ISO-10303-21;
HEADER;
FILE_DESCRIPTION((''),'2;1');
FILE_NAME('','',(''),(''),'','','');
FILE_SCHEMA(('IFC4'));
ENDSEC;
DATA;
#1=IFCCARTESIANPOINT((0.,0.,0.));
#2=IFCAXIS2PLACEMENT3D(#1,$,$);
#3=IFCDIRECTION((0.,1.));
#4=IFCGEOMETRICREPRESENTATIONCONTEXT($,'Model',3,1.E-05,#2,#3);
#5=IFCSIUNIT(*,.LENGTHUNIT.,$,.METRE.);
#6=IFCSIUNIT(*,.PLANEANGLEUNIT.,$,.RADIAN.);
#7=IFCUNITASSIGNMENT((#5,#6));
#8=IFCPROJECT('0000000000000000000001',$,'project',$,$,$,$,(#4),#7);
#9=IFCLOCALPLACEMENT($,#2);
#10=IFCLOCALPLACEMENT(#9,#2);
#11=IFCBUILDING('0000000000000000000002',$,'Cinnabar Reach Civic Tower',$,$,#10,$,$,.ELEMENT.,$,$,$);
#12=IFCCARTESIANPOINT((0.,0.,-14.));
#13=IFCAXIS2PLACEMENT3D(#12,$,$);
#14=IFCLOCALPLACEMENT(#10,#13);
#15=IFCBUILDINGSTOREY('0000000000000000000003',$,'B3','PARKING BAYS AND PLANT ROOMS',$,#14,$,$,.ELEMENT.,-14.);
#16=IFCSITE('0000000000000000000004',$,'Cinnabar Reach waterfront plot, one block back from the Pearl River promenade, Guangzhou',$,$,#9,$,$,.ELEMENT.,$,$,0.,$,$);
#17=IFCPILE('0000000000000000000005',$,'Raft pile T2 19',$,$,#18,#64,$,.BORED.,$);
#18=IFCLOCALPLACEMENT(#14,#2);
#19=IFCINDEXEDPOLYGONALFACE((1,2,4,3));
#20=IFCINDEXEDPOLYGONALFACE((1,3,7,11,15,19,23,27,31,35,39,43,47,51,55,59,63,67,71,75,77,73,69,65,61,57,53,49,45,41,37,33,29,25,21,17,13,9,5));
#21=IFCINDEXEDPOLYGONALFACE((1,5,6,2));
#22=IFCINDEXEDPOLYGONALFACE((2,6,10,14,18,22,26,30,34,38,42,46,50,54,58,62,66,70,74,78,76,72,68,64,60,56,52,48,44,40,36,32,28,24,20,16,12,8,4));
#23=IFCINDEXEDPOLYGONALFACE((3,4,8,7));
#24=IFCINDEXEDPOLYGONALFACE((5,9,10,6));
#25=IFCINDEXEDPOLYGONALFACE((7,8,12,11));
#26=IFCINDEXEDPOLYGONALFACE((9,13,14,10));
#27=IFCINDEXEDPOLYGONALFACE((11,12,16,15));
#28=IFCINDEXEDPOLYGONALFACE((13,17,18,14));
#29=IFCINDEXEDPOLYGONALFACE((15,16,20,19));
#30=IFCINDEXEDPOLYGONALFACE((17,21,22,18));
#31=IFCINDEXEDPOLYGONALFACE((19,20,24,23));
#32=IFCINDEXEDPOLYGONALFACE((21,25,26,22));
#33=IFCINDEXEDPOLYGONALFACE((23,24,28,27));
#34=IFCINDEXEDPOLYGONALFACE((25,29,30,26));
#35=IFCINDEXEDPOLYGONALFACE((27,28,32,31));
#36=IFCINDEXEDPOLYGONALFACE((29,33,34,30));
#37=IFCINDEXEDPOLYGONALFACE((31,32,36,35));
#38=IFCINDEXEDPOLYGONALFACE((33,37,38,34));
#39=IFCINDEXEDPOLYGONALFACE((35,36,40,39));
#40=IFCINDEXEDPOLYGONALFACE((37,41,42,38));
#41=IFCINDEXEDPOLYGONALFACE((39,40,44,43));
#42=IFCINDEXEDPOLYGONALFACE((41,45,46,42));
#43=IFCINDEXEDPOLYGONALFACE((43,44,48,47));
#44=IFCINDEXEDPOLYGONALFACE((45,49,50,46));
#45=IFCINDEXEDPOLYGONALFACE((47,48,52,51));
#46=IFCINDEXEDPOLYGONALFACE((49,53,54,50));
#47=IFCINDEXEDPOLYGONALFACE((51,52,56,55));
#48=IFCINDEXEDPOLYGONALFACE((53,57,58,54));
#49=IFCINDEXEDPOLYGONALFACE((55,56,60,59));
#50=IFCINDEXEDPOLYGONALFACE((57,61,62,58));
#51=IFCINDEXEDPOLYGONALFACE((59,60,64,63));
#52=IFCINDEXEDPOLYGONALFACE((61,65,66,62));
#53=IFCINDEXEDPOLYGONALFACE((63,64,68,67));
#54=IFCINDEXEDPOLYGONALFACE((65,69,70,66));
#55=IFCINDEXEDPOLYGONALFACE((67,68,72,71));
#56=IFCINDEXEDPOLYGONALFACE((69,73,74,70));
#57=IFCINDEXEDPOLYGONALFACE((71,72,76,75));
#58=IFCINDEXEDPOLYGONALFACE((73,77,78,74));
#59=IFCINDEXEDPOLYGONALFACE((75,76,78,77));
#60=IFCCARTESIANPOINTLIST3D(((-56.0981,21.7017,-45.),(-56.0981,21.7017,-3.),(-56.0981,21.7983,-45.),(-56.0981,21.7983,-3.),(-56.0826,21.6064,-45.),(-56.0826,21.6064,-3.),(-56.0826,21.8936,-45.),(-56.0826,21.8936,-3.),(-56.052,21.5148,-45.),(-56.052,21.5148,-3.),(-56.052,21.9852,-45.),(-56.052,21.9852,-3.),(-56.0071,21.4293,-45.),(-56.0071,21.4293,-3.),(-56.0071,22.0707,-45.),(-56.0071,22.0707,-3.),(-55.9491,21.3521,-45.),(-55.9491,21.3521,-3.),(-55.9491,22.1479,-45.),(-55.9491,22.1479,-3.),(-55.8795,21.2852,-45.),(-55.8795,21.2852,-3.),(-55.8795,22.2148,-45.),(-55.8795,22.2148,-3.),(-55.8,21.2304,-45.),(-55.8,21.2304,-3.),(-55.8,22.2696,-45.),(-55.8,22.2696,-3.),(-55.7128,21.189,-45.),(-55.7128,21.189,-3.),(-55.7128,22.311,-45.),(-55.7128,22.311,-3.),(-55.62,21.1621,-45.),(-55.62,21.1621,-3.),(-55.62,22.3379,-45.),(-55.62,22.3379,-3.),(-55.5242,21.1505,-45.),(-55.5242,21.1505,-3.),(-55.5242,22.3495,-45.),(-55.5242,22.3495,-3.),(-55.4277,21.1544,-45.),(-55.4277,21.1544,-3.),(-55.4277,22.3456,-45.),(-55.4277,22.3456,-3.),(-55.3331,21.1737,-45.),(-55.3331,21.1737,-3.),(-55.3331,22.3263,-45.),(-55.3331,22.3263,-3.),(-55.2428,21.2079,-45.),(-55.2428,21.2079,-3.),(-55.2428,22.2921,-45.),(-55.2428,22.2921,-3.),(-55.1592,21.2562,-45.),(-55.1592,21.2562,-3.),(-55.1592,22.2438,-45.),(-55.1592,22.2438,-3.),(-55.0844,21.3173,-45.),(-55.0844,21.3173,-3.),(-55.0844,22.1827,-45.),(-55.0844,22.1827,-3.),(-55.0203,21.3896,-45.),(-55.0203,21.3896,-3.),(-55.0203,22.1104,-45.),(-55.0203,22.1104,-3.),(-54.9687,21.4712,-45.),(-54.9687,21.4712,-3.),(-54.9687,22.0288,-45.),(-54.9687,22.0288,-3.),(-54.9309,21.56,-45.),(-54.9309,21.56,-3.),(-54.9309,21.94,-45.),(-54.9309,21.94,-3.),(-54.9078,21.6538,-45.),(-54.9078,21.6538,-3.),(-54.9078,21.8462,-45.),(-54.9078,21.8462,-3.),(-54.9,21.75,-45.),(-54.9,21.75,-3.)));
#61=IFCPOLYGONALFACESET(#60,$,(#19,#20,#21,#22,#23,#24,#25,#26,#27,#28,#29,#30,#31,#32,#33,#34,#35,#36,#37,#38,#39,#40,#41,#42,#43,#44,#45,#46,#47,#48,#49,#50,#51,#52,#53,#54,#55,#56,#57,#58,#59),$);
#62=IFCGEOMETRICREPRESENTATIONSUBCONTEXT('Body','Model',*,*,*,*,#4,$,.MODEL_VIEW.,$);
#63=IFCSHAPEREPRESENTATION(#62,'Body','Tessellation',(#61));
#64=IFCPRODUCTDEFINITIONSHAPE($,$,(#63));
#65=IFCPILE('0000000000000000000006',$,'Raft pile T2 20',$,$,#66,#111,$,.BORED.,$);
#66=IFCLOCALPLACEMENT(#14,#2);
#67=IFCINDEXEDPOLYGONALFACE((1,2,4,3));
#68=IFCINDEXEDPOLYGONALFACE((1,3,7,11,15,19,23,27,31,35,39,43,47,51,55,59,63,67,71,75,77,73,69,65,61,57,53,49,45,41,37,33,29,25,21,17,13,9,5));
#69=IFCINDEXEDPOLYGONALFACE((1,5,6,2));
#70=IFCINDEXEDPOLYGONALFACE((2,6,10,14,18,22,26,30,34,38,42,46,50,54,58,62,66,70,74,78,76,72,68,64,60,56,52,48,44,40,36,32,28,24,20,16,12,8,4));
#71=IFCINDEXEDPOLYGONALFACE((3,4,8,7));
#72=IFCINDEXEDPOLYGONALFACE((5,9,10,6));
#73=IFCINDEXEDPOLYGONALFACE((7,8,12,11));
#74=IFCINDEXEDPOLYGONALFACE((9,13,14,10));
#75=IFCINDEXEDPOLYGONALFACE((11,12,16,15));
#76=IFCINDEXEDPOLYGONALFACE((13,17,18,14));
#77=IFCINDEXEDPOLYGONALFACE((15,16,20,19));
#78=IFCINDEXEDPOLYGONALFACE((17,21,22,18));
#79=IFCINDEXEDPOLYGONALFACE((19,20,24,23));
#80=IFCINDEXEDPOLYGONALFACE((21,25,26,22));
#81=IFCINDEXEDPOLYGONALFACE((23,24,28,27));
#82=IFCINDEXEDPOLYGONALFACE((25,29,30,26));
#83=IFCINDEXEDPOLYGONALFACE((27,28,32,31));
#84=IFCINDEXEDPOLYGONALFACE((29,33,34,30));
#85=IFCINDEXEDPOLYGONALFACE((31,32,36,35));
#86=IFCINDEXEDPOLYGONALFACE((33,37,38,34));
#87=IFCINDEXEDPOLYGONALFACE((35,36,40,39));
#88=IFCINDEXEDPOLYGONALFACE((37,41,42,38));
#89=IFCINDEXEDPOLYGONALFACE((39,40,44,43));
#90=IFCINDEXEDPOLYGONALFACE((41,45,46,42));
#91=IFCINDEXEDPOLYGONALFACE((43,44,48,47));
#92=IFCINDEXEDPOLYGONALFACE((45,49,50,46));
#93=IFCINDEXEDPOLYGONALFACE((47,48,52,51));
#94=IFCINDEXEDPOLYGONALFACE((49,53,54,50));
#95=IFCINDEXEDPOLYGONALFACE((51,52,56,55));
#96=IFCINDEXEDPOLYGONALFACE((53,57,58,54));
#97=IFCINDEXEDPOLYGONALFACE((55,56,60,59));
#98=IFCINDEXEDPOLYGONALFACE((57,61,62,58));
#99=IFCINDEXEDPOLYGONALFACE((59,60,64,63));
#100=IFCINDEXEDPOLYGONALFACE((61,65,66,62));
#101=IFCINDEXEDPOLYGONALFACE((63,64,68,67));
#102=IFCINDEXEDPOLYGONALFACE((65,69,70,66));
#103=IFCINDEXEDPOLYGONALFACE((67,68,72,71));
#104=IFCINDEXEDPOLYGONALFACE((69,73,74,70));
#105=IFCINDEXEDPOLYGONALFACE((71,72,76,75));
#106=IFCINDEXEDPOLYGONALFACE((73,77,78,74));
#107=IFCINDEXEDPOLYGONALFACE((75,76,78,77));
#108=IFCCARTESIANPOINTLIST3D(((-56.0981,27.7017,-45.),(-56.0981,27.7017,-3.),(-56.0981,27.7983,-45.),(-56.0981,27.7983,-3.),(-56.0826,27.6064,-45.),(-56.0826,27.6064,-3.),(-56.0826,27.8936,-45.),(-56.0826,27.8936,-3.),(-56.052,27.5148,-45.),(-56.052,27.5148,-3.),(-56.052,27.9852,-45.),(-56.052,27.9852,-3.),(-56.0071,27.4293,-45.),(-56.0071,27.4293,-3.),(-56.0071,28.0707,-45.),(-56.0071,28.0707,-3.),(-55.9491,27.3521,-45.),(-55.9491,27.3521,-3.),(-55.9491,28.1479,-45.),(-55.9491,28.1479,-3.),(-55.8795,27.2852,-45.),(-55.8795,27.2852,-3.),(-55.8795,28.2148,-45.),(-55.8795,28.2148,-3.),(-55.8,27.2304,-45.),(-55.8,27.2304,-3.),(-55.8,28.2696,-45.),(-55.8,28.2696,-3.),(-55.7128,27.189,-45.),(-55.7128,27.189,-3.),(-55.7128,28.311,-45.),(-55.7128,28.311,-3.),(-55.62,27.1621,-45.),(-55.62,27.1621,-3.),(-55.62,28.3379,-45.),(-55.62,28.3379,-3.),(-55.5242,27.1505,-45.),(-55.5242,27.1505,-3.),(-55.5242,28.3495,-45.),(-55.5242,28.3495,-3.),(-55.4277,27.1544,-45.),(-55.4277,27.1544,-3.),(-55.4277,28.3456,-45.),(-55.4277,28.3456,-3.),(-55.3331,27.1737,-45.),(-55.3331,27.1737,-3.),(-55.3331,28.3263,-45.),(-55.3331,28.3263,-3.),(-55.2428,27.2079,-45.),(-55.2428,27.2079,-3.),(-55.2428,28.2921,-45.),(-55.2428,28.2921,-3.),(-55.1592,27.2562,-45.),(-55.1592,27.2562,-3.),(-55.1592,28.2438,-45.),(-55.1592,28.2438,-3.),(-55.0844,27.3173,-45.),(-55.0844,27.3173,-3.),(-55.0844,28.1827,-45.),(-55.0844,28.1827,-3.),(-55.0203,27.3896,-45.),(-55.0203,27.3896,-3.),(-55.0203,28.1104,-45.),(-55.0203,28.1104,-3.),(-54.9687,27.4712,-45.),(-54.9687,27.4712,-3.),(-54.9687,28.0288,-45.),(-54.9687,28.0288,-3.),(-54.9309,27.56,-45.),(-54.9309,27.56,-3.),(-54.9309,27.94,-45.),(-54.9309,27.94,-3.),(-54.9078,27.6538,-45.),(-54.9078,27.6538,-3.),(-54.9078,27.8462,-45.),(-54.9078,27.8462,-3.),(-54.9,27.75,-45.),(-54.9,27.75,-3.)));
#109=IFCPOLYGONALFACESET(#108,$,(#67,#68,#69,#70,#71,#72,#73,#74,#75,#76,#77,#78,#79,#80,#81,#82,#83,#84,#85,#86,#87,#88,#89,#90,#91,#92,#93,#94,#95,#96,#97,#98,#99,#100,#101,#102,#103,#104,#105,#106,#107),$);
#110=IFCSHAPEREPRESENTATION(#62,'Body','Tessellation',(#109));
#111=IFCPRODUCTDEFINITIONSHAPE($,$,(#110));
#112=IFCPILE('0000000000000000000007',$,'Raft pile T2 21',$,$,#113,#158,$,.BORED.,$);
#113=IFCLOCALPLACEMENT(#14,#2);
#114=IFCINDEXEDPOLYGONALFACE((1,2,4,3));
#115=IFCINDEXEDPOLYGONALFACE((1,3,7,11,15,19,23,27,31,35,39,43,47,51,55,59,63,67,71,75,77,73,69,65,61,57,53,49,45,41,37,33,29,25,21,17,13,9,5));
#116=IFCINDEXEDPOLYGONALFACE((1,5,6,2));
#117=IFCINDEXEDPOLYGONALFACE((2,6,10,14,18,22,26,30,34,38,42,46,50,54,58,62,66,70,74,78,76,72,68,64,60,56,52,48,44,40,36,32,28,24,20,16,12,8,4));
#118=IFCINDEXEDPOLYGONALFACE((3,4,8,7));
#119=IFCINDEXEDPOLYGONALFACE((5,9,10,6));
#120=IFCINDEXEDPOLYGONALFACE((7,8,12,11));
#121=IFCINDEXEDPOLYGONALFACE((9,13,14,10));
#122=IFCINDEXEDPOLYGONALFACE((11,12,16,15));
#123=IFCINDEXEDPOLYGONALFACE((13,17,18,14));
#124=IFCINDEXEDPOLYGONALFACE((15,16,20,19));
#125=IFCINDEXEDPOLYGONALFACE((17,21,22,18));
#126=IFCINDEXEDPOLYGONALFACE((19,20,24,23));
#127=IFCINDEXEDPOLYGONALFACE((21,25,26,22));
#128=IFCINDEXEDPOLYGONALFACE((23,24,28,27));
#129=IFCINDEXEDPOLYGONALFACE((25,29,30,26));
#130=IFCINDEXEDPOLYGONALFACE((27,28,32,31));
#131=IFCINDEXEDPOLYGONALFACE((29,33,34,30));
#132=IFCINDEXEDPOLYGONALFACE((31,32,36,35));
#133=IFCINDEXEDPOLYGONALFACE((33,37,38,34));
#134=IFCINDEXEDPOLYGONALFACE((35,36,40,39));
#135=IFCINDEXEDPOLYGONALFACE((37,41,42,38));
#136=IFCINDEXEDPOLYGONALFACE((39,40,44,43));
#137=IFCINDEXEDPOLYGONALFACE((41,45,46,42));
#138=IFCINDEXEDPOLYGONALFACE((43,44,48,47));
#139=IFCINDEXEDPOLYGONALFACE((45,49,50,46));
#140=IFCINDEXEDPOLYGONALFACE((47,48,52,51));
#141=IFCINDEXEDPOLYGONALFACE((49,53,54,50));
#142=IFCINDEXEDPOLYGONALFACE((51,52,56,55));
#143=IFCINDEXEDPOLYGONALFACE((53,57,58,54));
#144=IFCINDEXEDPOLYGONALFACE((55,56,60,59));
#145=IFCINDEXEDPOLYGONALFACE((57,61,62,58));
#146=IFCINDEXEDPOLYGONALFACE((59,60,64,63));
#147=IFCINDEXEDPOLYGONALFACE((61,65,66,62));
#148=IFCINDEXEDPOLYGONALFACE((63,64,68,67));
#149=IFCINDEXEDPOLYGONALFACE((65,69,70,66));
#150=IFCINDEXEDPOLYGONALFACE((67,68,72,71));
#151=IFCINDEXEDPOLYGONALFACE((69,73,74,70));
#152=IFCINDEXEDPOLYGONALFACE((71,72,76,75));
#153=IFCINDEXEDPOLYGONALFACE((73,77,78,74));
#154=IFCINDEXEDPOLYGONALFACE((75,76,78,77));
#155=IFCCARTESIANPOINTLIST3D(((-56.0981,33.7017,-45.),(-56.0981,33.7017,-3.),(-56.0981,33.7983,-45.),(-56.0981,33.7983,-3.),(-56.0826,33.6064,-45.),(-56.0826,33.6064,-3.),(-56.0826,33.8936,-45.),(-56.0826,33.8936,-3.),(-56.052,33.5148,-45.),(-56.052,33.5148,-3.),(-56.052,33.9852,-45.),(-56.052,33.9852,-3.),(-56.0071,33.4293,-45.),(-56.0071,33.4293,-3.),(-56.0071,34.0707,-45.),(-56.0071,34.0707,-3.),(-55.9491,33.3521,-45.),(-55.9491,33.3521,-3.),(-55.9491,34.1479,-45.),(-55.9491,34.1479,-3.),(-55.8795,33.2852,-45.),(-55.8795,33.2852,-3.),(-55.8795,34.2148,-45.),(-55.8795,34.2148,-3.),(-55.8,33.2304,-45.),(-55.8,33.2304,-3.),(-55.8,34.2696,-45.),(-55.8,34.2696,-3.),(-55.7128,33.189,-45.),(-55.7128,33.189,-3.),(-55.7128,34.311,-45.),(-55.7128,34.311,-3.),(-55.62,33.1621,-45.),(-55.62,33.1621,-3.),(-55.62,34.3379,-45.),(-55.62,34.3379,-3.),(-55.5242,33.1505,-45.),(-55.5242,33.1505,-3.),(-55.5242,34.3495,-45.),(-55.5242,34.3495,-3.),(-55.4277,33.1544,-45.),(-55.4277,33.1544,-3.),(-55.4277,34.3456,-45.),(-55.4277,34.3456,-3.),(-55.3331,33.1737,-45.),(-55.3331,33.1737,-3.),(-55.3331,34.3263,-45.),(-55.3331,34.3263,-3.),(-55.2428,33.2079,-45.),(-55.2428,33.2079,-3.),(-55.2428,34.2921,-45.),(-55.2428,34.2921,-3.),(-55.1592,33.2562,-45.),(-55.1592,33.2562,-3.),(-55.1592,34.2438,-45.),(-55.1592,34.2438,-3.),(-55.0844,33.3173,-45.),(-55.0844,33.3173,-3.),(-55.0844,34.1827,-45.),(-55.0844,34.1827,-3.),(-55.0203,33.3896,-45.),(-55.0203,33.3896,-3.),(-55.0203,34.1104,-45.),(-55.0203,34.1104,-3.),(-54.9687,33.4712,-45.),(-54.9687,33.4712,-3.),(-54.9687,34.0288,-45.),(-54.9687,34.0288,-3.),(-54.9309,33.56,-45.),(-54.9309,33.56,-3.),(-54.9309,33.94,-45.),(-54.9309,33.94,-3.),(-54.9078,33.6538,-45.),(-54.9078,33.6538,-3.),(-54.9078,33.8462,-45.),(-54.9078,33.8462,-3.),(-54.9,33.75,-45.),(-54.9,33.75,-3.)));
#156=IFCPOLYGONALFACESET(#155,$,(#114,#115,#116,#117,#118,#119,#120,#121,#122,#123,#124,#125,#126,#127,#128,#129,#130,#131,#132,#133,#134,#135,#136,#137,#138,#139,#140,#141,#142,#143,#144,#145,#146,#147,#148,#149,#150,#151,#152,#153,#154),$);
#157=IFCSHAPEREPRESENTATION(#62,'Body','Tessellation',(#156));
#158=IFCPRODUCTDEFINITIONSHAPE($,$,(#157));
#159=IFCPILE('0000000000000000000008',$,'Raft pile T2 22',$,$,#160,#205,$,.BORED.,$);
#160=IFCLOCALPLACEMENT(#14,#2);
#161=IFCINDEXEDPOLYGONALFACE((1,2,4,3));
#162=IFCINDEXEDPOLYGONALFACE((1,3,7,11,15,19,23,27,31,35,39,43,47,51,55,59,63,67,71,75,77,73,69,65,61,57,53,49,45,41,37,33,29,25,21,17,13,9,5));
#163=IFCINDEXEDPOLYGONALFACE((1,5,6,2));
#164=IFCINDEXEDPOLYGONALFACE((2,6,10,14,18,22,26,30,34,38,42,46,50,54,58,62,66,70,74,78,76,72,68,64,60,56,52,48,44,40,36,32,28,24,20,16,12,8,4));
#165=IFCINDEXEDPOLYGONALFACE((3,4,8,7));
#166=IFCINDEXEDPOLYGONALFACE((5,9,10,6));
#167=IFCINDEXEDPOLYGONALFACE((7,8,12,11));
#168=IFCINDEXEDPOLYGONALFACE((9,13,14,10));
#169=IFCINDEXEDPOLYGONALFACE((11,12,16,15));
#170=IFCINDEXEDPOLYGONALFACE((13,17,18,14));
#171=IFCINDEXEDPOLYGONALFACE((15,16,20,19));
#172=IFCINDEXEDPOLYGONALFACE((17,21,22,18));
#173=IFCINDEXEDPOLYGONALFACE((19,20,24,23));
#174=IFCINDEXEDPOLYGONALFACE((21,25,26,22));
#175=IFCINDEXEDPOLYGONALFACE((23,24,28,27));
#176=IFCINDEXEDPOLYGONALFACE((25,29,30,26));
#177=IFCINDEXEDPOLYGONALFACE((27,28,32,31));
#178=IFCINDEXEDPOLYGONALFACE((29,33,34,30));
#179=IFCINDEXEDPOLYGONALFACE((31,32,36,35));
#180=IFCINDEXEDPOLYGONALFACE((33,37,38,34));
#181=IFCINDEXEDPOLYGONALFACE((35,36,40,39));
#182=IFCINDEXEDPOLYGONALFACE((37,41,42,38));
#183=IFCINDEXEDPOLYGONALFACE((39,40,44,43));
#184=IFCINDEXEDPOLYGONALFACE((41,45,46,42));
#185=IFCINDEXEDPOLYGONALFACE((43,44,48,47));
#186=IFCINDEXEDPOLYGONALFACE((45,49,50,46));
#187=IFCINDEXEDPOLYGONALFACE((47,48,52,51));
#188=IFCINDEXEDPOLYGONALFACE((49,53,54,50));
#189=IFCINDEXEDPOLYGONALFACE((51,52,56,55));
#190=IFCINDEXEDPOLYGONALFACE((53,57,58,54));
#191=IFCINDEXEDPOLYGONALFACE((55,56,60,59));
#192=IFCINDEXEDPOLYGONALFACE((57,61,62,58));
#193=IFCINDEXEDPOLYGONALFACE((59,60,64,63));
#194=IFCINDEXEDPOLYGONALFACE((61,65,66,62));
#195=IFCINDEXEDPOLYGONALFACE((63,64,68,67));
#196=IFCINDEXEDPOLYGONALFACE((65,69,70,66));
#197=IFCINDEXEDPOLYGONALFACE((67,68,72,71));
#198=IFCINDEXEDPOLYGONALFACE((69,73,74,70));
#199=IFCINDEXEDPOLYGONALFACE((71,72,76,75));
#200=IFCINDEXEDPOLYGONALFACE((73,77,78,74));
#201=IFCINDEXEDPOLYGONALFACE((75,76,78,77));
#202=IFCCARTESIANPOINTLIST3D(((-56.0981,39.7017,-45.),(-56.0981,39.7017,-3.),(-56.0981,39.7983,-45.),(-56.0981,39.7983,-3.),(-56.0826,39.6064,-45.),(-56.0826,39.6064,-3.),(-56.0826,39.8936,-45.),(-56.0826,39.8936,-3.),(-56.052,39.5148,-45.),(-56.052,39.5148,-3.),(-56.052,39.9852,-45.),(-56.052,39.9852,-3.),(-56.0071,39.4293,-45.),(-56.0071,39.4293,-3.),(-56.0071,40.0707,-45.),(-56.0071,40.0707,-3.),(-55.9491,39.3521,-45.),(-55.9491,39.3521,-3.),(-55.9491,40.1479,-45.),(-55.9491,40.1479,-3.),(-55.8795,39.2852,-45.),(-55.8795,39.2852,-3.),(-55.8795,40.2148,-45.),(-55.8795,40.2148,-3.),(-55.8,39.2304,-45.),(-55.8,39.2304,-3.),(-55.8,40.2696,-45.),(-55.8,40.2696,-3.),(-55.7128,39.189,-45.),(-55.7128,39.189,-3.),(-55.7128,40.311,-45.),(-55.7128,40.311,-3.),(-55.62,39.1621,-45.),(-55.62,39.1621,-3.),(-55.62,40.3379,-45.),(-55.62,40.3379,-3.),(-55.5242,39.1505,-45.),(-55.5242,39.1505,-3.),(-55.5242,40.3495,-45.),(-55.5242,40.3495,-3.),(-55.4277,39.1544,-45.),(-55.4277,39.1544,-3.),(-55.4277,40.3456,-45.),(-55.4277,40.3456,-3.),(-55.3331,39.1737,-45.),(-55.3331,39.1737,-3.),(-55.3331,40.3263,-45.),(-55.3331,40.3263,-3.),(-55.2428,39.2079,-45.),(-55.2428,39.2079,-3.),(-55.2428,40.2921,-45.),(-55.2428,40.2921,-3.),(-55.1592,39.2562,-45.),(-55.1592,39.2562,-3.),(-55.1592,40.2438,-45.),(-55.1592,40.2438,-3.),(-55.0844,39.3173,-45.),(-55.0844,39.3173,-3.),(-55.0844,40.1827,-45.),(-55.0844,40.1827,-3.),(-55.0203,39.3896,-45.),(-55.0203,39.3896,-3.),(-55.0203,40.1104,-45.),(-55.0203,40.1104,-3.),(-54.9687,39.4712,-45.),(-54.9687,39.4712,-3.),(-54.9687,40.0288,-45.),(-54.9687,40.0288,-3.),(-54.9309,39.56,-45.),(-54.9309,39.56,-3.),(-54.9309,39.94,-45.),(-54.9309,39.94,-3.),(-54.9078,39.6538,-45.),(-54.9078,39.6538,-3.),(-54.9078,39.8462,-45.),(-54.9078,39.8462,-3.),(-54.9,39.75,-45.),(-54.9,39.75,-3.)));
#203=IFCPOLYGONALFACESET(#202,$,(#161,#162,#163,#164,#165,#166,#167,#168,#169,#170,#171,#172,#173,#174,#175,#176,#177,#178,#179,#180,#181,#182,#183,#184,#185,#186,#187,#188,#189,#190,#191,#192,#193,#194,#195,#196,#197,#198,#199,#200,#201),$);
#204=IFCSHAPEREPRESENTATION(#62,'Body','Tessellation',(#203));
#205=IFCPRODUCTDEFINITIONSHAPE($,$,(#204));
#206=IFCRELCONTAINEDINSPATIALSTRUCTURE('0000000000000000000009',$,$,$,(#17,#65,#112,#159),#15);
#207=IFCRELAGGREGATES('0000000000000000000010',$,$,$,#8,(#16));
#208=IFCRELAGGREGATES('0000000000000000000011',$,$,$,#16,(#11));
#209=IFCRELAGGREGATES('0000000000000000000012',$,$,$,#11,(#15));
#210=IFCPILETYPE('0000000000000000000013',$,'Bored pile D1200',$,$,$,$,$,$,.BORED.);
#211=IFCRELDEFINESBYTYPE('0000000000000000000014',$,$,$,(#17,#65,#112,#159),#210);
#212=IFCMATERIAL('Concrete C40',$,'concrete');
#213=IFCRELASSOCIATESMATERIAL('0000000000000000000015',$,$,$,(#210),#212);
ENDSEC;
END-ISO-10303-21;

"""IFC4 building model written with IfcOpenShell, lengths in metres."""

from ifc_helpers import new_model, si_unit, direction, frame, origin, origin_2d, place, context, subcontext, project, spatial, circle, extrude, material, type_object, element, save


model = new_model("IFC4")

# Units and contexts
model_context = context("Model", 3, precision=1e-05, world=origin(), true_north=direction((0.0, 1.0)))
body_context = subcontext(model_context, "Body", "Model", "MODEL_VIEW")
ifc_project = project(units=[si_unit("LENGTHUNIT", "METRE"), si_unit("PLANEANGLEUNIT", "RADIAN")], contexts=[model_context])

# Site, building, storey
site_placement = place(None, origin())
site = spatial("IfcSite", under=ifc_project, at=site_placement, Name="Cinnabar Reach waterfront plot, one block back from the Pearl River promenade, Guangzhou", CompositionType="ELEMENT", RefElevation=0.0)
building_placement = place(site_placement, origin())
building = spatial("IfcBuilding", under=site, at=building_placement, Name="Cinnabar Reach Civic Tower", CompositionType="ELEMENT")
storey_placement = place(building_placement, frame((0.0, 0.0, -14.0)))
storey = spatial("IfcBuildingStorey", under=building, at=storey_placement, Name="B3", Description="PARKING BAYS AND PLANT ROOMS", CompositionType="ELEMENT", Elevation=-14.0)

# Piles
ifc_material_1 = material(Name="Concrete C40", Category="concrete")
pile_type = type_object("IfcPileType", Name="Bored pile D1200", PredefinedType="BORED", material=ifc_material_1)
for number, where, z_axis, x_axis, name in (
    (1, (-55.5, 21.75, -3.0), (0.0, 0.0, -1.0), (1.0, 0.0, 0.0), "Raft pile T2 19"),
    (2, (-55.5, 27.75, -3.0), (0.0, 0.0, -1.0), (1.0, 0.0, 0.0), "Raft pile T2 20"),
    (3, (-55.5, 33.75, -3.0), (0.0, 0.0, -1.0), (1.0, 0.0, 0.0), "Raft pile T2 21"),
    (4, (-55.5, 39.75, -3.0), (0.0, 0.0, -1.0), (1.0, 0.0, 0.0), "Raft pile T2 22"),
):
    element("IfcPile", number, at=place(storey_placement, frame(where, z_axis=z_axis, x_axis=x_axis)), inside=storey, type_object=pile_type, Name=name, PredefinedType="BORED", context=body_context, shape_type="SweptSolid", body=[
        extrude(circle(Radius=0.6, at=origin_2d()), origin(), (0.0, 0.0, 1.0), 42.0),
    ])

save(model, "model.ifc")
